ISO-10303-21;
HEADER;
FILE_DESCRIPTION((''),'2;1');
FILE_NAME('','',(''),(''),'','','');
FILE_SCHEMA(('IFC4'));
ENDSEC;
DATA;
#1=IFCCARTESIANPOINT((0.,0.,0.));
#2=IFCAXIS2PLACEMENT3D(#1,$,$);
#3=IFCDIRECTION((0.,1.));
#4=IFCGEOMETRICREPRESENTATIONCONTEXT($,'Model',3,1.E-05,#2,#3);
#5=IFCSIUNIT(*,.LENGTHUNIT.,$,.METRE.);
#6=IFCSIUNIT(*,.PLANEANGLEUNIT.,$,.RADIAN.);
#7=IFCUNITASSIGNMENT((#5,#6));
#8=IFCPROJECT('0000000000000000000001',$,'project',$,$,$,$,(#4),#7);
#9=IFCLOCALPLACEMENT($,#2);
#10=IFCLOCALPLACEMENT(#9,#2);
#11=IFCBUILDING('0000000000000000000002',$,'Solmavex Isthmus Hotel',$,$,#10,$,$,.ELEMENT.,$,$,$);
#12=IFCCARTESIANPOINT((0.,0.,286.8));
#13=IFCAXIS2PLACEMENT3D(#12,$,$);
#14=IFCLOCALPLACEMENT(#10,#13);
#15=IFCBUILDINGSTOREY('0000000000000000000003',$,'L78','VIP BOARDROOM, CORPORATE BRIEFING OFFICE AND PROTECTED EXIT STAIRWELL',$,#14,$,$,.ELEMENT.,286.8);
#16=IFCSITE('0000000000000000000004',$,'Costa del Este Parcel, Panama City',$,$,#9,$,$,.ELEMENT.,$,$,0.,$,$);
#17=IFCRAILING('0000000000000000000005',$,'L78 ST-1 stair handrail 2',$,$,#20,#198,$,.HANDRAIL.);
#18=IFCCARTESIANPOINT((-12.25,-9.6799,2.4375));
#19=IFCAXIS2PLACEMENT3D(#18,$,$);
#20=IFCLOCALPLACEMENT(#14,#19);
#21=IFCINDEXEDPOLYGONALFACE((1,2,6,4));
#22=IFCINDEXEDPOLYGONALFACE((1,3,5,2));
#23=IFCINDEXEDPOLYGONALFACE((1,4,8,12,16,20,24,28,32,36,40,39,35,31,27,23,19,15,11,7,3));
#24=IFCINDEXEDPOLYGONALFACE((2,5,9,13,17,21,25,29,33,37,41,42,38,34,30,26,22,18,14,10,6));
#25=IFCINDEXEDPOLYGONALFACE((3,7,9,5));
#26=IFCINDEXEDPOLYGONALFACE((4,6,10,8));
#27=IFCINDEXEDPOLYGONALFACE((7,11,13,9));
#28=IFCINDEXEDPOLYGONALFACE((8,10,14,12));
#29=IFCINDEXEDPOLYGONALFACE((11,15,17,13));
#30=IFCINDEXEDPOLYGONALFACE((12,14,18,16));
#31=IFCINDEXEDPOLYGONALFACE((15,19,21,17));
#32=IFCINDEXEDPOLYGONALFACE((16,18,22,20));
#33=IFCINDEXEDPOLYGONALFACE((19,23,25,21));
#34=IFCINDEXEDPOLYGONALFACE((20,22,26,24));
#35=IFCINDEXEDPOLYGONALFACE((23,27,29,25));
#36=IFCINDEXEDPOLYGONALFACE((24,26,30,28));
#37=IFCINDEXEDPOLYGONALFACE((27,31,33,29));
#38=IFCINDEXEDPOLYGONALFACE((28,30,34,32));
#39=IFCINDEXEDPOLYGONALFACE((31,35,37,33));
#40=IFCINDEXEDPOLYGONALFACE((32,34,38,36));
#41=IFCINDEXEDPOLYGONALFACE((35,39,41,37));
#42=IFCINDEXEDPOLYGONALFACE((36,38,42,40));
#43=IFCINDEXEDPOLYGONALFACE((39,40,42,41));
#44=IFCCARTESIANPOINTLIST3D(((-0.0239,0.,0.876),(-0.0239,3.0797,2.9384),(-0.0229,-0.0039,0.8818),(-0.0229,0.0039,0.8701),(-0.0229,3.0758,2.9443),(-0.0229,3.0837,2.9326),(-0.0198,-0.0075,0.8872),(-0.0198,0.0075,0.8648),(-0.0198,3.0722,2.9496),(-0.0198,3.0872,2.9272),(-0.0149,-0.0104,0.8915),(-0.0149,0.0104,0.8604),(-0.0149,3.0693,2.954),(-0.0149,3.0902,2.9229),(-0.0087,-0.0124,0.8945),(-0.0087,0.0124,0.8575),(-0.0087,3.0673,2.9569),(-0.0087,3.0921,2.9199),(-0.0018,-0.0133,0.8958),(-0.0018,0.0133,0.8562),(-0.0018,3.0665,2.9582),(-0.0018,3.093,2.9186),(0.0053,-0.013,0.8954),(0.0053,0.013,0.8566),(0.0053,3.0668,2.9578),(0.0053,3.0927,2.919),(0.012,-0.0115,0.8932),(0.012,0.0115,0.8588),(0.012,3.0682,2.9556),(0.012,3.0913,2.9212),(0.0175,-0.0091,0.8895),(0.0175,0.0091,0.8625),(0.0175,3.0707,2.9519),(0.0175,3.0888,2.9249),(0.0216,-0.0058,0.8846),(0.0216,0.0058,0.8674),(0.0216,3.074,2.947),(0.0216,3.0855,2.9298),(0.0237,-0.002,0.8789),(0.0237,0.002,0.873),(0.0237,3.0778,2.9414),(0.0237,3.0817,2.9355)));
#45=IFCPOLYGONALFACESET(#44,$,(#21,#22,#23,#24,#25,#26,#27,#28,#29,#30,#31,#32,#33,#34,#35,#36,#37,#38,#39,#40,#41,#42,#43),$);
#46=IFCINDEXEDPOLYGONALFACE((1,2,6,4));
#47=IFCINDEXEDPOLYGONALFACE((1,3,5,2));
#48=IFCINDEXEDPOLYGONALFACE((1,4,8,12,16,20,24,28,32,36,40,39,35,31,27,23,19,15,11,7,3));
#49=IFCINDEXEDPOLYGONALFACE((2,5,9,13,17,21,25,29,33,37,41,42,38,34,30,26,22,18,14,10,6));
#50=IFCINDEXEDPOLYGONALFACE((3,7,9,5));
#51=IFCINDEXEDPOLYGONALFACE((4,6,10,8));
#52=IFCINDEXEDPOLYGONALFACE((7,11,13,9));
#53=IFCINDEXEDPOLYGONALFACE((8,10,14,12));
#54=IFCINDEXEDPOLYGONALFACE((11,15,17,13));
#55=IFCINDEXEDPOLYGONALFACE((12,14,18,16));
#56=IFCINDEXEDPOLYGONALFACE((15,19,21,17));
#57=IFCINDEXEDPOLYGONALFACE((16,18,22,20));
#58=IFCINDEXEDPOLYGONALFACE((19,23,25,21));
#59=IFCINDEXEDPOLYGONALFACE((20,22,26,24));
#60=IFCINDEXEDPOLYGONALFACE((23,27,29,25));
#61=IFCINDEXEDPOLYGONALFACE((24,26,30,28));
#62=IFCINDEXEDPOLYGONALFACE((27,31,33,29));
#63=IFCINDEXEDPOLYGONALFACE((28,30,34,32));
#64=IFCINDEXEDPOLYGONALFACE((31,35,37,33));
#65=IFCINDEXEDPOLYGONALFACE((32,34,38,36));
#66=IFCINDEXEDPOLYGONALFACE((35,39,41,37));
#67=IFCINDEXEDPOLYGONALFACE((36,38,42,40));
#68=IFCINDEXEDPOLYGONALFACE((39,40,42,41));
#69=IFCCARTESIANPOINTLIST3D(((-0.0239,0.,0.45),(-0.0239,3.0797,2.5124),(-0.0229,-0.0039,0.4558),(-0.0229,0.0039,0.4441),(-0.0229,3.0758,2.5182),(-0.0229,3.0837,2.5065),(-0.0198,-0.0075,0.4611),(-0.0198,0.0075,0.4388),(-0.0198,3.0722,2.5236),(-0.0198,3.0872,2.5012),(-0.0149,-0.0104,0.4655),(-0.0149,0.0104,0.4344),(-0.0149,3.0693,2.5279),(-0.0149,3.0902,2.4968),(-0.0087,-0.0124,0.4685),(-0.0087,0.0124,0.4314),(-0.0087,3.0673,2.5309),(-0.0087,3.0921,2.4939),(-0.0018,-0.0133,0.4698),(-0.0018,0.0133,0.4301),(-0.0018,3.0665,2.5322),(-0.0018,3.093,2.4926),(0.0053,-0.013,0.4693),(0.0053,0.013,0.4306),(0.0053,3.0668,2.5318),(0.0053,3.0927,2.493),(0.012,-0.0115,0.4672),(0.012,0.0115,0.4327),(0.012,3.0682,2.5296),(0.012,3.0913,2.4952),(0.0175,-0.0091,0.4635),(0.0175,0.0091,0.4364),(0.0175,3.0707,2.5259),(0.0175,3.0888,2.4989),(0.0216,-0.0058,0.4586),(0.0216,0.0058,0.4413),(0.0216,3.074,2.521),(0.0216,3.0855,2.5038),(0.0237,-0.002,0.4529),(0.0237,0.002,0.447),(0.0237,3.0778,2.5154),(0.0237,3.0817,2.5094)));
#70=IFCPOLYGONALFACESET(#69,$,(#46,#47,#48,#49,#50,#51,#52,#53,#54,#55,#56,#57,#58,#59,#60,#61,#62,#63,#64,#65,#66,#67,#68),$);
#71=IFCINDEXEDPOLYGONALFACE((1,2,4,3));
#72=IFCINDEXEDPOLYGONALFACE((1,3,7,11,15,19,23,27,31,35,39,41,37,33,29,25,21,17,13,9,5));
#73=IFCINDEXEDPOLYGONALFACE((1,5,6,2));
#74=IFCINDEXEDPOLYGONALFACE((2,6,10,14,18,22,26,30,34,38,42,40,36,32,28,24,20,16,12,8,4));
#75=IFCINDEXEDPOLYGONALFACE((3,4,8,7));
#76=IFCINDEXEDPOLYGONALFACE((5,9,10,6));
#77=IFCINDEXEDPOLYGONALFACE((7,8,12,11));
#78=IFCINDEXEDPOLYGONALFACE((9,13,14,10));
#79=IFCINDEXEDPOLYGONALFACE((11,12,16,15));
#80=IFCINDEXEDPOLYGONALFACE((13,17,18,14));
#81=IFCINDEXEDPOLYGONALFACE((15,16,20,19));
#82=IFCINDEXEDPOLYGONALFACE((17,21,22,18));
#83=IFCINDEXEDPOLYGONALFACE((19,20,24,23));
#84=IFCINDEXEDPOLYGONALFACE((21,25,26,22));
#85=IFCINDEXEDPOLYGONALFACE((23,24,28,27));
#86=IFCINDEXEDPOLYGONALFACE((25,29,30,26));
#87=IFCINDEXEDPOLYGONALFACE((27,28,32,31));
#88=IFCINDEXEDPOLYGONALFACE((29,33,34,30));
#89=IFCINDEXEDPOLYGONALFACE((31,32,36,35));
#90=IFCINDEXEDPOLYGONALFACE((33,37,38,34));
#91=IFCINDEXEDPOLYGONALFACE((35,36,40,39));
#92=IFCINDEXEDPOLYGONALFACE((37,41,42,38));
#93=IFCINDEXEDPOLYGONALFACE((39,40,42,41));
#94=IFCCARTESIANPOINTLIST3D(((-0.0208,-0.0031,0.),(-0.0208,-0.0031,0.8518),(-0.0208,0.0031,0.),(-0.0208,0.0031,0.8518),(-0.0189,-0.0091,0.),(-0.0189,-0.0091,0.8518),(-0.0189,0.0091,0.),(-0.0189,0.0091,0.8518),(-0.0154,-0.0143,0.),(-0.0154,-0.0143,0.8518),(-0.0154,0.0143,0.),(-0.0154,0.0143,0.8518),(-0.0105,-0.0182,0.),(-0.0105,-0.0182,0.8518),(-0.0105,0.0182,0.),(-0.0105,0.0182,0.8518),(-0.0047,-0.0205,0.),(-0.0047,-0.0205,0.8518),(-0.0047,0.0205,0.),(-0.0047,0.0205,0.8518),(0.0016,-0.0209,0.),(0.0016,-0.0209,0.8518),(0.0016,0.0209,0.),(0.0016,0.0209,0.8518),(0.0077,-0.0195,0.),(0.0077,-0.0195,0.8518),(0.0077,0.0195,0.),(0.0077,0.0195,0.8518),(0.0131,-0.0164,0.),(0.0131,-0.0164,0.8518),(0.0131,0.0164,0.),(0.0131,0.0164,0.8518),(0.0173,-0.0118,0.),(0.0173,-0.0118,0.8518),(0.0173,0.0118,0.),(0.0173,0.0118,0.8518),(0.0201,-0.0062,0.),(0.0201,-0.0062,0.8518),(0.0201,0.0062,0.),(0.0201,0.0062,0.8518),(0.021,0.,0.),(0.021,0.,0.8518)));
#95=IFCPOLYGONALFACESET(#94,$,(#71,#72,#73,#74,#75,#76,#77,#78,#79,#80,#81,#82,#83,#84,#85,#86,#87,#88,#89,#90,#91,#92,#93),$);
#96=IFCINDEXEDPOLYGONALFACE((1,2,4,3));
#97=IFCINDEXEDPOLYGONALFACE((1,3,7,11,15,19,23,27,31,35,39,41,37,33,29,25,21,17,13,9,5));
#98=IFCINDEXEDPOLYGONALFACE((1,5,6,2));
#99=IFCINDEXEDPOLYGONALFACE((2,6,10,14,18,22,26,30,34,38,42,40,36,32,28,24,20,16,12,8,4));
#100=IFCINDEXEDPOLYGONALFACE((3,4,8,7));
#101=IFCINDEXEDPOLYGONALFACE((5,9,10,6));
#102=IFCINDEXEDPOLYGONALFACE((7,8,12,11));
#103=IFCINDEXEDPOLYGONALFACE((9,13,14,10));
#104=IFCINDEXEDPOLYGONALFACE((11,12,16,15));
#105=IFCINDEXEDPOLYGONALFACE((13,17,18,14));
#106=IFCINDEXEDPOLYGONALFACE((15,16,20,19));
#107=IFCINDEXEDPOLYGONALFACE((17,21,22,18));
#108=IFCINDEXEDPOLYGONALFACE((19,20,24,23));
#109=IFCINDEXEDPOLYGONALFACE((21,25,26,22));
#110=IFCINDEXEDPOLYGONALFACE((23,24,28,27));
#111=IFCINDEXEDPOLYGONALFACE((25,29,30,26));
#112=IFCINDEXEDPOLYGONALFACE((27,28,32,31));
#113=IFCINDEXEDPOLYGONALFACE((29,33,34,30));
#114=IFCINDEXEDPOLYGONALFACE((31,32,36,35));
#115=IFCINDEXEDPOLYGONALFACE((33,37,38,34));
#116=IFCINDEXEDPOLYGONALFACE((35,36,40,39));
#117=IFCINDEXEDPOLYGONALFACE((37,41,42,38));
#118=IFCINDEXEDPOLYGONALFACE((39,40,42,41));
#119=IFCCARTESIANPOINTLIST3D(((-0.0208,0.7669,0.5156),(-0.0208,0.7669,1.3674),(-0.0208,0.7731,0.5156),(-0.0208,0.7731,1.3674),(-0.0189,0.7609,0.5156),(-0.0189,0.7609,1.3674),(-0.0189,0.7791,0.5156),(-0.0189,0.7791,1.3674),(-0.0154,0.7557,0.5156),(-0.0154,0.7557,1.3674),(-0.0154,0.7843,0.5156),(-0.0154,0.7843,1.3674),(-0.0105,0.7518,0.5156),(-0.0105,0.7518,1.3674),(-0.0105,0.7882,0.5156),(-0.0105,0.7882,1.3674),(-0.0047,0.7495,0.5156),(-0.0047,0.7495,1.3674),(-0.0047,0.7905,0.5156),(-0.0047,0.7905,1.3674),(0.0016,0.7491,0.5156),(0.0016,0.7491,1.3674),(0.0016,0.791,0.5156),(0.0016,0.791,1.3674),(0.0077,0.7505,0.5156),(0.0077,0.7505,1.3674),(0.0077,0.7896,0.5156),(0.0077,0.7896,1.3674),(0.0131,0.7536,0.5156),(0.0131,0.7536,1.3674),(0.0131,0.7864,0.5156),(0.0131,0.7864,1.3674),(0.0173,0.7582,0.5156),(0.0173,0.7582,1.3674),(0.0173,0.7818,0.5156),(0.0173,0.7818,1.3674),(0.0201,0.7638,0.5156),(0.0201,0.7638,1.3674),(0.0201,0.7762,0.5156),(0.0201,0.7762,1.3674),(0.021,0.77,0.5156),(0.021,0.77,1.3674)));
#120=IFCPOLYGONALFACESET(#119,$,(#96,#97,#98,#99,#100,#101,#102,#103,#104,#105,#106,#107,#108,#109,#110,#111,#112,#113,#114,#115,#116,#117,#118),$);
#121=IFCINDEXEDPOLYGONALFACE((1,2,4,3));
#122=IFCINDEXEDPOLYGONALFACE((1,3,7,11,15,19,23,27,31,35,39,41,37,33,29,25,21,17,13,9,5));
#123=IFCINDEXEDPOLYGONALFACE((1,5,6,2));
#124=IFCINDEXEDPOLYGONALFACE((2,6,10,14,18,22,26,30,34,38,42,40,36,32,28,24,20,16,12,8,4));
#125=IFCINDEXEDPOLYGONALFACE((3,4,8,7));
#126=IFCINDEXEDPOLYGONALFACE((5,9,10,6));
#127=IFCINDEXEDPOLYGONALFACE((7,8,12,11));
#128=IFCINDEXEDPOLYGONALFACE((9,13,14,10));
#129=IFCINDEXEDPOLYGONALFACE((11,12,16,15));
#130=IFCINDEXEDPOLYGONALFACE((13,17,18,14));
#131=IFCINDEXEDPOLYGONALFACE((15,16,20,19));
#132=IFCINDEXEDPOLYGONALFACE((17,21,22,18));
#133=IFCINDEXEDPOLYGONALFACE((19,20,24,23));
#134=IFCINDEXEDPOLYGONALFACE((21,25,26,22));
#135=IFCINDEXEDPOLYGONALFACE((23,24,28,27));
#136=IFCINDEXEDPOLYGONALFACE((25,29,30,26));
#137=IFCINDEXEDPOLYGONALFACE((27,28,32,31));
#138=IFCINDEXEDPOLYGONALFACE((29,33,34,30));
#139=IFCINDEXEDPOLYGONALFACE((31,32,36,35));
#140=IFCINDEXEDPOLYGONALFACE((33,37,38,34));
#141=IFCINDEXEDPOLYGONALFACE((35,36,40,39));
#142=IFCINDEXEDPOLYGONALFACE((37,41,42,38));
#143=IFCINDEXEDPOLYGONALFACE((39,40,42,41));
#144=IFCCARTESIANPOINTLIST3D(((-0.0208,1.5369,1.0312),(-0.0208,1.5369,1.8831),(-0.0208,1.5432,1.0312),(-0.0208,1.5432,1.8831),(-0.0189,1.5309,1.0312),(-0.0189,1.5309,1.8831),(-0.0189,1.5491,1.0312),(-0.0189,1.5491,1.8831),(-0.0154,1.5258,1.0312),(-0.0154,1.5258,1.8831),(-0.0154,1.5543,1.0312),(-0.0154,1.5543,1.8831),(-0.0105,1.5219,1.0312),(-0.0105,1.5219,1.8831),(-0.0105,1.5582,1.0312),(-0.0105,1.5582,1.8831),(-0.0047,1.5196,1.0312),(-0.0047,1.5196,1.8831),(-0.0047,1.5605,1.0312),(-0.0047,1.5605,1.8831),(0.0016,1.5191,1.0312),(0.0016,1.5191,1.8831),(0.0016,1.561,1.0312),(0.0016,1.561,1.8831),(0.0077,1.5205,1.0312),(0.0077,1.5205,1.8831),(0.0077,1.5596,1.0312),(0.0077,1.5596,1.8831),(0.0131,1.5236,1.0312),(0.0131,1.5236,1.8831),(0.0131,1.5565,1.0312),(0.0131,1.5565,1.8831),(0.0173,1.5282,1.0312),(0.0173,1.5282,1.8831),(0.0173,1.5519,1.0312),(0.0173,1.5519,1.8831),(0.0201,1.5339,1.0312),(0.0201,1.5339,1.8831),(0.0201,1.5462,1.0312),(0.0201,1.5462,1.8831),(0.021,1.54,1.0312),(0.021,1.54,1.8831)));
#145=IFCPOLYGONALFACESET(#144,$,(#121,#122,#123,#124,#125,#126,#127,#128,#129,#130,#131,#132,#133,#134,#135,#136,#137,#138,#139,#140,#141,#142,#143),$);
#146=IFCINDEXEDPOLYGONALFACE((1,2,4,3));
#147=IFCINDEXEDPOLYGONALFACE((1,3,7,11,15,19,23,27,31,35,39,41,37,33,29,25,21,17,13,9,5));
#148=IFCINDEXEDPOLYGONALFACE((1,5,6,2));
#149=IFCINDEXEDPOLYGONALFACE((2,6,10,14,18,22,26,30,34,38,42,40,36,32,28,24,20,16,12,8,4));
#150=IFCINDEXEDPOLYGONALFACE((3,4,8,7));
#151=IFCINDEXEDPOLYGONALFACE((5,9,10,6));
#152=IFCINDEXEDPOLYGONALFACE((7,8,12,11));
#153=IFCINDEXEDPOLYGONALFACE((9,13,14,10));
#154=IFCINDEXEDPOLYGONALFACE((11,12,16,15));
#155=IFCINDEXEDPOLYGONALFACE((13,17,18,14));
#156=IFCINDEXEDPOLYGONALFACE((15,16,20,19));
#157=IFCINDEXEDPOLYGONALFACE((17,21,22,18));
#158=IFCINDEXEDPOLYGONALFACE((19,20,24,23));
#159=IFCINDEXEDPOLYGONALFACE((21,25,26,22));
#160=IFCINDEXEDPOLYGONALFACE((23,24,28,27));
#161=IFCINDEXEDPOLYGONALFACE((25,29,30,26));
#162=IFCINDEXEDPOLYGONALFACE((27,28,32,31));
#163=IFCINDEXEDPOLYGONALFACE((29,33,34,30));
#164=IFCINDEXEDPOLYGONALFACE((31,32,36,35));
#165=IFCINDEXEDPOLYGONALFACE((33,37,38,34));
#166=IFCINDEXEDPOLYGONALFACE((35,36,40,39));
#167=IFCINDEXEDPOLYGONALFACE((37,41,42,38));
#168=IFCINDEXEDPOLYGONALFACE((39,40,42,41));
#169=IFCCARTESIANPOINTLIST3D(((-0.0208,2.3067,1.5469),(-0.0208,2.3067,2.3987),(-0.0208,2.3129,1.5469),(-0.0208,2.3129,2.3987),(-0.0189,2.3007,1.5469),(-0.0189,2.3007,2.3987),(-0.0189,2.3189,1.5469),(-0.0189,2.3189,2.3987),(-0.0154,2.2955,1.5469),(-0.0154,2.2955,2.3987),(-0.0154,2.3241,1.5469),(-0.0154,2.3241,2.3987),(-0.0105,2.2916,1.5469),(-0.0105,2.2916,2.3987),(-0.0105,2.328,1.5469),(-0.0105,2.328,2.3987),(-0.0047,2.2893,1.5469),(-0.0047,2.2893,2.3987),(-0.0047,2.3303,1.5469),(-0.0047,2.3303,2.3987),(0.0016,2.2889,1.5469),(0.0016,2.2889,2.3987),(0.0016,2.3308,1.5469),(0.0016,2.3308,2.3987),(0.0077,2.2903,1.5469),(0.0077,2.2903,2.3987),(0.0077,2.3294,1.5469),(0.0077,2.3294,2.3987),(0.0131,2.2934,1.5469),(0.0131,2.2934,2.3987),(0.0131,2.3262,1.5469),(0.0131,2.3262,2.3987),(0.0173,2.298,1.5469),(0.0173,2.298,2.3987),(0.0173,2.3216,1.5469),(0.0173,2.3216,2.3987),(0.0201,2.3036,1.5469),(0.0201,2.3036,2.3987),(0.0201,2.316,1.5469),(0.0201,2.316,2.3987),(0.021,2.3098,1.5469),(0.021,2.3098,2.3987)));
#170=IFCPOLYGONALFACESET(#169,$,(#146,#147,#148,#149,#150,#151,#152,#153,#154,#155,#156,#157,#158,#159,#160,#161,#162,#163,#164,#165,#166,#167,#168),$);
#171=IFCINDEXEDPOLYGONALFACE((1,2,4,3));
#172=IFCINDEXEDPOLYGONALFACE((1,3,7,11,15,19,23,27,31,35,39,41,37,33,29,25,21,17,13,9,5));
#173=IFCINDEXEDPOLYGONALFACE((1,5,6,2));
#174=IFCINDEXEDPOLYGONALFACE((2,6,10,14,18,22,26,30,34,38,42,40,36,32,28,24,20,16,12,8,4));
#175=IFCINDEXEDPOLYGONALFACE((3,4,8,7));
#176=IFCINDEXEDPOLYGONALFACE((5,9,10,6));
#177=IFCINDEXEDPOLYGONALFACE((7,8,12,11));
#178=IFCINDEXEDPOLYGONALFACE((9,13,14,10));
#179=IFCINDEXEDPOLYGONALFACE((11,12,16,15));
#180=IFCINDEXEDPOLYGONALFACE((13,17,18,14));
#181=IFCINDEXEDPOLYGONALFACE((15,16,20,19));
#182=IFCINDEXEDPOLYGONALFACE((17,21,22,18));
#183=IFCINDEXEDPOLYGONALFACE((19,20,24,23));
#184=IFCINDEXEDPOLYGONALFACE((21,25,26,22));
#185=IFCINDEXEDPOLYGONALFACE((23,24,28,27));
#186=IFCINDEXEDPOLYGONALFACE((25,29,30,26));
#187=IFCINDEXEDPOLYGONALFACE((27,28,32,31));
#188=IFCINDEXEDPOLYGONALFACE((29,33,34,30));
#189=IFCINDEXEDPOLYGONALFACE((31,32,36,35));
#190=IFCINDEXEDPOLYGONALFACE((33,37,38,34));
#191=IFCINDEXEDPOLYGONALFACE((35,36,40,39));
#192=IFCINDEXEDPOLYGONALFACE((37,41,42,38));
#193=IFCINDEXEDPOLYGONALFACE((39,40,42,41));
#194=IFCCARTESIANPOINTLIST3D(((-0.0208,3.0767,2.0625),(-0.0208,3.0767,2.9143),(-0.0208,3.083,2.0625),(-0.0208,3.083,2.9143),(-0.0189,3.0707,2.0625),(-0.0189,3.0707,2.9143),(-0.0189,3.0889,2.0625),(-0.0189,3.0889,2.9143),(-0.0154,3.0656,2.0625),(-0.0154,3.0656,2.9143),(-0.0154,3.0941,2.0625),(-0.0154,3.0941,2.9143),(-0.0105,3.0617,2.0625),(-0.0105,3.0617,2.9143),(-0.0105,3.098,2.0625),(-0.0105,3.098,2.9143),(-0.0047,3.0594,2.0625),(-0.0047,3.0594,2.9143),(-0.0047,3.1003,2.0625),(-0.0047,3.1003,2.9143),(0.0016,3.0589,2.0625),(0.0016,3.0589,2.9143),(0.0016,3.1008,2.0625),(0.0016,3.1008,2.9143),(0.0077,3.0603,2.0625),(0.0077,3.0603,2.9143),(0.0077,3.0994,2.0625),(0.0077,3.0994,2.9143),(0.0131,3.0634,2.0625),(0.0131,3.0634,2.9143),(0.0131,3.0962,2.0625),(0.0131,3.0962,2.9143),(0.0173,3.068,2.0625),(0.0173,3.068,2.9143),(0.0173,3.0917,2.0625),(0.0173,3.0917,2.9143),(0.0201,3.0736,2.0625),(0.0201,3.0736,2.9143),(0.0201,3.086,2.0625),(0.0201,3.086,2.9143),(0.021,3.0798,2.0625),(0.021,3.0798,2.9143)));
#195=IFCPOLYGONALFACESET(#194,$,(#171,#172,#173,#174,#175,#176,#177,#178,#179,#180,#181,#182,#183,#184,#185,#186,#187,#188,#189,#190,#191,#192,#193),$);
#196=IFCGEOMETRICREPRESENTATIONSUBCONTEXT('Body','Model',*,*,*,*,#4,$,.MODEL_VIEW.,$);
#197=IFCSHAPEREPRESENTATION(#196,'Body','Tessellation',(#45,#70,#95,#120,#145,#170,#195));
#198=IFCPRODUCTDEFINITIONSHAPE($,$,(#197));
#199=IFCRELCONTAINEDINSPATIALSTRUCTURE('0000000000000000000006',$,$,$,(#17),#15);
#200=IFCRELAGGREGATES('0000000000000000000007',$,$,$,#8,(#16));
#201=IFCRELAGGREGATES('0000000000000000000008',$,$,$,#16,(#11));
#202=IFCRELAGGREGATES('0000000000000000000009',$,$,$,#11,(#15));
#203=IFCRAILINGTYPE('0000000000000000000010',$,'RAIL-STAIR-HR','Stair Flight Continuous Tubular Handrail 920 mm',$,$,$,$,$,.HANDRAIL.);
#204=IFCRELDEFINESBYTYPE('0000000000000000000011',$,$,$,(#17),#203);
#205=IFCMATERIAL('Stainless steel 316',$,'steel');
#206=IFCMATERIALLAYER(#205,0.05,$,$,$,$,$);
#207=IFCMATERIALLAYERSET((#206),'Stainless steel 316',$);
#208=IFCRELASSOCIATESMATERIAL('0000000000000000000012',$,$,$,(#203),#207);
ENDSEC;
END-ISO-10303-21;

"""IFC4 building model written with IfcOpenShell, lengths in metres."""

from ifc_helpers import new_model, si_unit, direction, frame, origin, origin_2d, place, context, subcontext, project, spatial, circle, extrude, material, layer, layer_set, type_object, element, save


model = new_model("IFC4")

# Units and contexts
model_context = context("Model", 3, precision=1e-05, world=origin(), true_north=direction((0.0, 1.0)))
body_context = subcontext(model_context, "Body", "Model", "MODEL_VIEW")
ifc_project = project(units=[si_unit("LENGTHUNIT", "METRE"), si_unit("PLANEANGLEUNIT", "RADIAN")], contexts=[model_context])

# Site, building, storey
site_placement = place(None, origin())
site = spatial("IfcSite", under=ifc_project, at=site_placement, Name="Costa del Este Parcel, Panama City", CompositionType="ELEMENT", RefElevation=0.0)
building_placement = place(site_placement, origin())
building = spatial("IfcBuilding", under=site, at=building_placement, Name="Solmavex Isthmus Hotel", CompositionType="ELEMENT")
storey_placement = place(building_placement, frame((0.0, 0.0, 286.8)))
storey = spatial("IfcBuildingStorey", under=building, at=storey_placement, Name="L78", Description="VIP BOARDROOM, CORPORATE BRIEFING OFFICE AND PROTECTED EXIT STAIRWELL", CompositionType="ELEMENT", Elevation=286.8)

# Shared definitions
ifc_material_1 = material(Name="Stainless steel 316", Category="steel")

# Railing
ifc_layer_1 = layer(ifc_material_1, 0.05)
ifc_layer_set_1 = layer_set([ifc_layer_1], Name="Stainless steel 316")
railing_type_1 = type_object("IfcRailingType", Name="RAIL-STAIR-HR", Description="Stair Flight Continuous Tubular Handrail 920 mm", PredefinedType="HANDRAIL", material=ifc_layer_set_1)
railing_1_placement = place(storey_placement, frame((-12.25, -9.6799, 2.4375)))
element("IfcRailing", 1, at=railing_1_placement, inside=storey, type_object=railing_type_1, Name="L78 ST-1 stair handrail 2", PredefinedType="HANDRAIL", context=body_context, shape_type="SweptSolid", body=[
    extrude(circle(Radius=0.0239, at=origin_2d()), frame((0.0, 0.0, 0.876), z_axis=(0.0, 0.830893, 0.556432), x_axis=(-1.0, 0.0, 0.0)), (0.0, 0.0, 1.0), 3.7065),
    extrude(circle(Radius=0.0239, at=origin_2d()), frame((0.0, 0.0, 0.45), z_axis=(0.0, 0.830893, 0.556432), x_axis=(-1.0, 0.0, 0.0)), (0.0, 0.0, 1.0), 3.7065),
    extrude(circle(Radius=0.021, at=origin_2d()), origin(), (0.0, 0.0, 1.0), 0.8518),
    extrude(circle(Radius=0.021, at=origin_2d()), frame((0.0, 0.77, 0.5156)), (0.0, 0.0, 1.0), 0.8518),
    extrude(circle(Radius=0.021, at=origin_2d()), frame((0.0, 1.54, 1.0312)), (0.0, 0.0, 1.0), 0.8518),
    extrude(circle(Radius=0.021, at=origin_2d()), frame((0.0, 2.3098, 1.5469)), (0.0, 0.0, 1.0), 0.8518),
    extrude(circle(Radius=0.021, at=origin_2d()), frame((0.0, 3.0798, 2.0625)), (0.0, 0.0, 1.0), 0.8518),
])

save(model, "model.ifc")
